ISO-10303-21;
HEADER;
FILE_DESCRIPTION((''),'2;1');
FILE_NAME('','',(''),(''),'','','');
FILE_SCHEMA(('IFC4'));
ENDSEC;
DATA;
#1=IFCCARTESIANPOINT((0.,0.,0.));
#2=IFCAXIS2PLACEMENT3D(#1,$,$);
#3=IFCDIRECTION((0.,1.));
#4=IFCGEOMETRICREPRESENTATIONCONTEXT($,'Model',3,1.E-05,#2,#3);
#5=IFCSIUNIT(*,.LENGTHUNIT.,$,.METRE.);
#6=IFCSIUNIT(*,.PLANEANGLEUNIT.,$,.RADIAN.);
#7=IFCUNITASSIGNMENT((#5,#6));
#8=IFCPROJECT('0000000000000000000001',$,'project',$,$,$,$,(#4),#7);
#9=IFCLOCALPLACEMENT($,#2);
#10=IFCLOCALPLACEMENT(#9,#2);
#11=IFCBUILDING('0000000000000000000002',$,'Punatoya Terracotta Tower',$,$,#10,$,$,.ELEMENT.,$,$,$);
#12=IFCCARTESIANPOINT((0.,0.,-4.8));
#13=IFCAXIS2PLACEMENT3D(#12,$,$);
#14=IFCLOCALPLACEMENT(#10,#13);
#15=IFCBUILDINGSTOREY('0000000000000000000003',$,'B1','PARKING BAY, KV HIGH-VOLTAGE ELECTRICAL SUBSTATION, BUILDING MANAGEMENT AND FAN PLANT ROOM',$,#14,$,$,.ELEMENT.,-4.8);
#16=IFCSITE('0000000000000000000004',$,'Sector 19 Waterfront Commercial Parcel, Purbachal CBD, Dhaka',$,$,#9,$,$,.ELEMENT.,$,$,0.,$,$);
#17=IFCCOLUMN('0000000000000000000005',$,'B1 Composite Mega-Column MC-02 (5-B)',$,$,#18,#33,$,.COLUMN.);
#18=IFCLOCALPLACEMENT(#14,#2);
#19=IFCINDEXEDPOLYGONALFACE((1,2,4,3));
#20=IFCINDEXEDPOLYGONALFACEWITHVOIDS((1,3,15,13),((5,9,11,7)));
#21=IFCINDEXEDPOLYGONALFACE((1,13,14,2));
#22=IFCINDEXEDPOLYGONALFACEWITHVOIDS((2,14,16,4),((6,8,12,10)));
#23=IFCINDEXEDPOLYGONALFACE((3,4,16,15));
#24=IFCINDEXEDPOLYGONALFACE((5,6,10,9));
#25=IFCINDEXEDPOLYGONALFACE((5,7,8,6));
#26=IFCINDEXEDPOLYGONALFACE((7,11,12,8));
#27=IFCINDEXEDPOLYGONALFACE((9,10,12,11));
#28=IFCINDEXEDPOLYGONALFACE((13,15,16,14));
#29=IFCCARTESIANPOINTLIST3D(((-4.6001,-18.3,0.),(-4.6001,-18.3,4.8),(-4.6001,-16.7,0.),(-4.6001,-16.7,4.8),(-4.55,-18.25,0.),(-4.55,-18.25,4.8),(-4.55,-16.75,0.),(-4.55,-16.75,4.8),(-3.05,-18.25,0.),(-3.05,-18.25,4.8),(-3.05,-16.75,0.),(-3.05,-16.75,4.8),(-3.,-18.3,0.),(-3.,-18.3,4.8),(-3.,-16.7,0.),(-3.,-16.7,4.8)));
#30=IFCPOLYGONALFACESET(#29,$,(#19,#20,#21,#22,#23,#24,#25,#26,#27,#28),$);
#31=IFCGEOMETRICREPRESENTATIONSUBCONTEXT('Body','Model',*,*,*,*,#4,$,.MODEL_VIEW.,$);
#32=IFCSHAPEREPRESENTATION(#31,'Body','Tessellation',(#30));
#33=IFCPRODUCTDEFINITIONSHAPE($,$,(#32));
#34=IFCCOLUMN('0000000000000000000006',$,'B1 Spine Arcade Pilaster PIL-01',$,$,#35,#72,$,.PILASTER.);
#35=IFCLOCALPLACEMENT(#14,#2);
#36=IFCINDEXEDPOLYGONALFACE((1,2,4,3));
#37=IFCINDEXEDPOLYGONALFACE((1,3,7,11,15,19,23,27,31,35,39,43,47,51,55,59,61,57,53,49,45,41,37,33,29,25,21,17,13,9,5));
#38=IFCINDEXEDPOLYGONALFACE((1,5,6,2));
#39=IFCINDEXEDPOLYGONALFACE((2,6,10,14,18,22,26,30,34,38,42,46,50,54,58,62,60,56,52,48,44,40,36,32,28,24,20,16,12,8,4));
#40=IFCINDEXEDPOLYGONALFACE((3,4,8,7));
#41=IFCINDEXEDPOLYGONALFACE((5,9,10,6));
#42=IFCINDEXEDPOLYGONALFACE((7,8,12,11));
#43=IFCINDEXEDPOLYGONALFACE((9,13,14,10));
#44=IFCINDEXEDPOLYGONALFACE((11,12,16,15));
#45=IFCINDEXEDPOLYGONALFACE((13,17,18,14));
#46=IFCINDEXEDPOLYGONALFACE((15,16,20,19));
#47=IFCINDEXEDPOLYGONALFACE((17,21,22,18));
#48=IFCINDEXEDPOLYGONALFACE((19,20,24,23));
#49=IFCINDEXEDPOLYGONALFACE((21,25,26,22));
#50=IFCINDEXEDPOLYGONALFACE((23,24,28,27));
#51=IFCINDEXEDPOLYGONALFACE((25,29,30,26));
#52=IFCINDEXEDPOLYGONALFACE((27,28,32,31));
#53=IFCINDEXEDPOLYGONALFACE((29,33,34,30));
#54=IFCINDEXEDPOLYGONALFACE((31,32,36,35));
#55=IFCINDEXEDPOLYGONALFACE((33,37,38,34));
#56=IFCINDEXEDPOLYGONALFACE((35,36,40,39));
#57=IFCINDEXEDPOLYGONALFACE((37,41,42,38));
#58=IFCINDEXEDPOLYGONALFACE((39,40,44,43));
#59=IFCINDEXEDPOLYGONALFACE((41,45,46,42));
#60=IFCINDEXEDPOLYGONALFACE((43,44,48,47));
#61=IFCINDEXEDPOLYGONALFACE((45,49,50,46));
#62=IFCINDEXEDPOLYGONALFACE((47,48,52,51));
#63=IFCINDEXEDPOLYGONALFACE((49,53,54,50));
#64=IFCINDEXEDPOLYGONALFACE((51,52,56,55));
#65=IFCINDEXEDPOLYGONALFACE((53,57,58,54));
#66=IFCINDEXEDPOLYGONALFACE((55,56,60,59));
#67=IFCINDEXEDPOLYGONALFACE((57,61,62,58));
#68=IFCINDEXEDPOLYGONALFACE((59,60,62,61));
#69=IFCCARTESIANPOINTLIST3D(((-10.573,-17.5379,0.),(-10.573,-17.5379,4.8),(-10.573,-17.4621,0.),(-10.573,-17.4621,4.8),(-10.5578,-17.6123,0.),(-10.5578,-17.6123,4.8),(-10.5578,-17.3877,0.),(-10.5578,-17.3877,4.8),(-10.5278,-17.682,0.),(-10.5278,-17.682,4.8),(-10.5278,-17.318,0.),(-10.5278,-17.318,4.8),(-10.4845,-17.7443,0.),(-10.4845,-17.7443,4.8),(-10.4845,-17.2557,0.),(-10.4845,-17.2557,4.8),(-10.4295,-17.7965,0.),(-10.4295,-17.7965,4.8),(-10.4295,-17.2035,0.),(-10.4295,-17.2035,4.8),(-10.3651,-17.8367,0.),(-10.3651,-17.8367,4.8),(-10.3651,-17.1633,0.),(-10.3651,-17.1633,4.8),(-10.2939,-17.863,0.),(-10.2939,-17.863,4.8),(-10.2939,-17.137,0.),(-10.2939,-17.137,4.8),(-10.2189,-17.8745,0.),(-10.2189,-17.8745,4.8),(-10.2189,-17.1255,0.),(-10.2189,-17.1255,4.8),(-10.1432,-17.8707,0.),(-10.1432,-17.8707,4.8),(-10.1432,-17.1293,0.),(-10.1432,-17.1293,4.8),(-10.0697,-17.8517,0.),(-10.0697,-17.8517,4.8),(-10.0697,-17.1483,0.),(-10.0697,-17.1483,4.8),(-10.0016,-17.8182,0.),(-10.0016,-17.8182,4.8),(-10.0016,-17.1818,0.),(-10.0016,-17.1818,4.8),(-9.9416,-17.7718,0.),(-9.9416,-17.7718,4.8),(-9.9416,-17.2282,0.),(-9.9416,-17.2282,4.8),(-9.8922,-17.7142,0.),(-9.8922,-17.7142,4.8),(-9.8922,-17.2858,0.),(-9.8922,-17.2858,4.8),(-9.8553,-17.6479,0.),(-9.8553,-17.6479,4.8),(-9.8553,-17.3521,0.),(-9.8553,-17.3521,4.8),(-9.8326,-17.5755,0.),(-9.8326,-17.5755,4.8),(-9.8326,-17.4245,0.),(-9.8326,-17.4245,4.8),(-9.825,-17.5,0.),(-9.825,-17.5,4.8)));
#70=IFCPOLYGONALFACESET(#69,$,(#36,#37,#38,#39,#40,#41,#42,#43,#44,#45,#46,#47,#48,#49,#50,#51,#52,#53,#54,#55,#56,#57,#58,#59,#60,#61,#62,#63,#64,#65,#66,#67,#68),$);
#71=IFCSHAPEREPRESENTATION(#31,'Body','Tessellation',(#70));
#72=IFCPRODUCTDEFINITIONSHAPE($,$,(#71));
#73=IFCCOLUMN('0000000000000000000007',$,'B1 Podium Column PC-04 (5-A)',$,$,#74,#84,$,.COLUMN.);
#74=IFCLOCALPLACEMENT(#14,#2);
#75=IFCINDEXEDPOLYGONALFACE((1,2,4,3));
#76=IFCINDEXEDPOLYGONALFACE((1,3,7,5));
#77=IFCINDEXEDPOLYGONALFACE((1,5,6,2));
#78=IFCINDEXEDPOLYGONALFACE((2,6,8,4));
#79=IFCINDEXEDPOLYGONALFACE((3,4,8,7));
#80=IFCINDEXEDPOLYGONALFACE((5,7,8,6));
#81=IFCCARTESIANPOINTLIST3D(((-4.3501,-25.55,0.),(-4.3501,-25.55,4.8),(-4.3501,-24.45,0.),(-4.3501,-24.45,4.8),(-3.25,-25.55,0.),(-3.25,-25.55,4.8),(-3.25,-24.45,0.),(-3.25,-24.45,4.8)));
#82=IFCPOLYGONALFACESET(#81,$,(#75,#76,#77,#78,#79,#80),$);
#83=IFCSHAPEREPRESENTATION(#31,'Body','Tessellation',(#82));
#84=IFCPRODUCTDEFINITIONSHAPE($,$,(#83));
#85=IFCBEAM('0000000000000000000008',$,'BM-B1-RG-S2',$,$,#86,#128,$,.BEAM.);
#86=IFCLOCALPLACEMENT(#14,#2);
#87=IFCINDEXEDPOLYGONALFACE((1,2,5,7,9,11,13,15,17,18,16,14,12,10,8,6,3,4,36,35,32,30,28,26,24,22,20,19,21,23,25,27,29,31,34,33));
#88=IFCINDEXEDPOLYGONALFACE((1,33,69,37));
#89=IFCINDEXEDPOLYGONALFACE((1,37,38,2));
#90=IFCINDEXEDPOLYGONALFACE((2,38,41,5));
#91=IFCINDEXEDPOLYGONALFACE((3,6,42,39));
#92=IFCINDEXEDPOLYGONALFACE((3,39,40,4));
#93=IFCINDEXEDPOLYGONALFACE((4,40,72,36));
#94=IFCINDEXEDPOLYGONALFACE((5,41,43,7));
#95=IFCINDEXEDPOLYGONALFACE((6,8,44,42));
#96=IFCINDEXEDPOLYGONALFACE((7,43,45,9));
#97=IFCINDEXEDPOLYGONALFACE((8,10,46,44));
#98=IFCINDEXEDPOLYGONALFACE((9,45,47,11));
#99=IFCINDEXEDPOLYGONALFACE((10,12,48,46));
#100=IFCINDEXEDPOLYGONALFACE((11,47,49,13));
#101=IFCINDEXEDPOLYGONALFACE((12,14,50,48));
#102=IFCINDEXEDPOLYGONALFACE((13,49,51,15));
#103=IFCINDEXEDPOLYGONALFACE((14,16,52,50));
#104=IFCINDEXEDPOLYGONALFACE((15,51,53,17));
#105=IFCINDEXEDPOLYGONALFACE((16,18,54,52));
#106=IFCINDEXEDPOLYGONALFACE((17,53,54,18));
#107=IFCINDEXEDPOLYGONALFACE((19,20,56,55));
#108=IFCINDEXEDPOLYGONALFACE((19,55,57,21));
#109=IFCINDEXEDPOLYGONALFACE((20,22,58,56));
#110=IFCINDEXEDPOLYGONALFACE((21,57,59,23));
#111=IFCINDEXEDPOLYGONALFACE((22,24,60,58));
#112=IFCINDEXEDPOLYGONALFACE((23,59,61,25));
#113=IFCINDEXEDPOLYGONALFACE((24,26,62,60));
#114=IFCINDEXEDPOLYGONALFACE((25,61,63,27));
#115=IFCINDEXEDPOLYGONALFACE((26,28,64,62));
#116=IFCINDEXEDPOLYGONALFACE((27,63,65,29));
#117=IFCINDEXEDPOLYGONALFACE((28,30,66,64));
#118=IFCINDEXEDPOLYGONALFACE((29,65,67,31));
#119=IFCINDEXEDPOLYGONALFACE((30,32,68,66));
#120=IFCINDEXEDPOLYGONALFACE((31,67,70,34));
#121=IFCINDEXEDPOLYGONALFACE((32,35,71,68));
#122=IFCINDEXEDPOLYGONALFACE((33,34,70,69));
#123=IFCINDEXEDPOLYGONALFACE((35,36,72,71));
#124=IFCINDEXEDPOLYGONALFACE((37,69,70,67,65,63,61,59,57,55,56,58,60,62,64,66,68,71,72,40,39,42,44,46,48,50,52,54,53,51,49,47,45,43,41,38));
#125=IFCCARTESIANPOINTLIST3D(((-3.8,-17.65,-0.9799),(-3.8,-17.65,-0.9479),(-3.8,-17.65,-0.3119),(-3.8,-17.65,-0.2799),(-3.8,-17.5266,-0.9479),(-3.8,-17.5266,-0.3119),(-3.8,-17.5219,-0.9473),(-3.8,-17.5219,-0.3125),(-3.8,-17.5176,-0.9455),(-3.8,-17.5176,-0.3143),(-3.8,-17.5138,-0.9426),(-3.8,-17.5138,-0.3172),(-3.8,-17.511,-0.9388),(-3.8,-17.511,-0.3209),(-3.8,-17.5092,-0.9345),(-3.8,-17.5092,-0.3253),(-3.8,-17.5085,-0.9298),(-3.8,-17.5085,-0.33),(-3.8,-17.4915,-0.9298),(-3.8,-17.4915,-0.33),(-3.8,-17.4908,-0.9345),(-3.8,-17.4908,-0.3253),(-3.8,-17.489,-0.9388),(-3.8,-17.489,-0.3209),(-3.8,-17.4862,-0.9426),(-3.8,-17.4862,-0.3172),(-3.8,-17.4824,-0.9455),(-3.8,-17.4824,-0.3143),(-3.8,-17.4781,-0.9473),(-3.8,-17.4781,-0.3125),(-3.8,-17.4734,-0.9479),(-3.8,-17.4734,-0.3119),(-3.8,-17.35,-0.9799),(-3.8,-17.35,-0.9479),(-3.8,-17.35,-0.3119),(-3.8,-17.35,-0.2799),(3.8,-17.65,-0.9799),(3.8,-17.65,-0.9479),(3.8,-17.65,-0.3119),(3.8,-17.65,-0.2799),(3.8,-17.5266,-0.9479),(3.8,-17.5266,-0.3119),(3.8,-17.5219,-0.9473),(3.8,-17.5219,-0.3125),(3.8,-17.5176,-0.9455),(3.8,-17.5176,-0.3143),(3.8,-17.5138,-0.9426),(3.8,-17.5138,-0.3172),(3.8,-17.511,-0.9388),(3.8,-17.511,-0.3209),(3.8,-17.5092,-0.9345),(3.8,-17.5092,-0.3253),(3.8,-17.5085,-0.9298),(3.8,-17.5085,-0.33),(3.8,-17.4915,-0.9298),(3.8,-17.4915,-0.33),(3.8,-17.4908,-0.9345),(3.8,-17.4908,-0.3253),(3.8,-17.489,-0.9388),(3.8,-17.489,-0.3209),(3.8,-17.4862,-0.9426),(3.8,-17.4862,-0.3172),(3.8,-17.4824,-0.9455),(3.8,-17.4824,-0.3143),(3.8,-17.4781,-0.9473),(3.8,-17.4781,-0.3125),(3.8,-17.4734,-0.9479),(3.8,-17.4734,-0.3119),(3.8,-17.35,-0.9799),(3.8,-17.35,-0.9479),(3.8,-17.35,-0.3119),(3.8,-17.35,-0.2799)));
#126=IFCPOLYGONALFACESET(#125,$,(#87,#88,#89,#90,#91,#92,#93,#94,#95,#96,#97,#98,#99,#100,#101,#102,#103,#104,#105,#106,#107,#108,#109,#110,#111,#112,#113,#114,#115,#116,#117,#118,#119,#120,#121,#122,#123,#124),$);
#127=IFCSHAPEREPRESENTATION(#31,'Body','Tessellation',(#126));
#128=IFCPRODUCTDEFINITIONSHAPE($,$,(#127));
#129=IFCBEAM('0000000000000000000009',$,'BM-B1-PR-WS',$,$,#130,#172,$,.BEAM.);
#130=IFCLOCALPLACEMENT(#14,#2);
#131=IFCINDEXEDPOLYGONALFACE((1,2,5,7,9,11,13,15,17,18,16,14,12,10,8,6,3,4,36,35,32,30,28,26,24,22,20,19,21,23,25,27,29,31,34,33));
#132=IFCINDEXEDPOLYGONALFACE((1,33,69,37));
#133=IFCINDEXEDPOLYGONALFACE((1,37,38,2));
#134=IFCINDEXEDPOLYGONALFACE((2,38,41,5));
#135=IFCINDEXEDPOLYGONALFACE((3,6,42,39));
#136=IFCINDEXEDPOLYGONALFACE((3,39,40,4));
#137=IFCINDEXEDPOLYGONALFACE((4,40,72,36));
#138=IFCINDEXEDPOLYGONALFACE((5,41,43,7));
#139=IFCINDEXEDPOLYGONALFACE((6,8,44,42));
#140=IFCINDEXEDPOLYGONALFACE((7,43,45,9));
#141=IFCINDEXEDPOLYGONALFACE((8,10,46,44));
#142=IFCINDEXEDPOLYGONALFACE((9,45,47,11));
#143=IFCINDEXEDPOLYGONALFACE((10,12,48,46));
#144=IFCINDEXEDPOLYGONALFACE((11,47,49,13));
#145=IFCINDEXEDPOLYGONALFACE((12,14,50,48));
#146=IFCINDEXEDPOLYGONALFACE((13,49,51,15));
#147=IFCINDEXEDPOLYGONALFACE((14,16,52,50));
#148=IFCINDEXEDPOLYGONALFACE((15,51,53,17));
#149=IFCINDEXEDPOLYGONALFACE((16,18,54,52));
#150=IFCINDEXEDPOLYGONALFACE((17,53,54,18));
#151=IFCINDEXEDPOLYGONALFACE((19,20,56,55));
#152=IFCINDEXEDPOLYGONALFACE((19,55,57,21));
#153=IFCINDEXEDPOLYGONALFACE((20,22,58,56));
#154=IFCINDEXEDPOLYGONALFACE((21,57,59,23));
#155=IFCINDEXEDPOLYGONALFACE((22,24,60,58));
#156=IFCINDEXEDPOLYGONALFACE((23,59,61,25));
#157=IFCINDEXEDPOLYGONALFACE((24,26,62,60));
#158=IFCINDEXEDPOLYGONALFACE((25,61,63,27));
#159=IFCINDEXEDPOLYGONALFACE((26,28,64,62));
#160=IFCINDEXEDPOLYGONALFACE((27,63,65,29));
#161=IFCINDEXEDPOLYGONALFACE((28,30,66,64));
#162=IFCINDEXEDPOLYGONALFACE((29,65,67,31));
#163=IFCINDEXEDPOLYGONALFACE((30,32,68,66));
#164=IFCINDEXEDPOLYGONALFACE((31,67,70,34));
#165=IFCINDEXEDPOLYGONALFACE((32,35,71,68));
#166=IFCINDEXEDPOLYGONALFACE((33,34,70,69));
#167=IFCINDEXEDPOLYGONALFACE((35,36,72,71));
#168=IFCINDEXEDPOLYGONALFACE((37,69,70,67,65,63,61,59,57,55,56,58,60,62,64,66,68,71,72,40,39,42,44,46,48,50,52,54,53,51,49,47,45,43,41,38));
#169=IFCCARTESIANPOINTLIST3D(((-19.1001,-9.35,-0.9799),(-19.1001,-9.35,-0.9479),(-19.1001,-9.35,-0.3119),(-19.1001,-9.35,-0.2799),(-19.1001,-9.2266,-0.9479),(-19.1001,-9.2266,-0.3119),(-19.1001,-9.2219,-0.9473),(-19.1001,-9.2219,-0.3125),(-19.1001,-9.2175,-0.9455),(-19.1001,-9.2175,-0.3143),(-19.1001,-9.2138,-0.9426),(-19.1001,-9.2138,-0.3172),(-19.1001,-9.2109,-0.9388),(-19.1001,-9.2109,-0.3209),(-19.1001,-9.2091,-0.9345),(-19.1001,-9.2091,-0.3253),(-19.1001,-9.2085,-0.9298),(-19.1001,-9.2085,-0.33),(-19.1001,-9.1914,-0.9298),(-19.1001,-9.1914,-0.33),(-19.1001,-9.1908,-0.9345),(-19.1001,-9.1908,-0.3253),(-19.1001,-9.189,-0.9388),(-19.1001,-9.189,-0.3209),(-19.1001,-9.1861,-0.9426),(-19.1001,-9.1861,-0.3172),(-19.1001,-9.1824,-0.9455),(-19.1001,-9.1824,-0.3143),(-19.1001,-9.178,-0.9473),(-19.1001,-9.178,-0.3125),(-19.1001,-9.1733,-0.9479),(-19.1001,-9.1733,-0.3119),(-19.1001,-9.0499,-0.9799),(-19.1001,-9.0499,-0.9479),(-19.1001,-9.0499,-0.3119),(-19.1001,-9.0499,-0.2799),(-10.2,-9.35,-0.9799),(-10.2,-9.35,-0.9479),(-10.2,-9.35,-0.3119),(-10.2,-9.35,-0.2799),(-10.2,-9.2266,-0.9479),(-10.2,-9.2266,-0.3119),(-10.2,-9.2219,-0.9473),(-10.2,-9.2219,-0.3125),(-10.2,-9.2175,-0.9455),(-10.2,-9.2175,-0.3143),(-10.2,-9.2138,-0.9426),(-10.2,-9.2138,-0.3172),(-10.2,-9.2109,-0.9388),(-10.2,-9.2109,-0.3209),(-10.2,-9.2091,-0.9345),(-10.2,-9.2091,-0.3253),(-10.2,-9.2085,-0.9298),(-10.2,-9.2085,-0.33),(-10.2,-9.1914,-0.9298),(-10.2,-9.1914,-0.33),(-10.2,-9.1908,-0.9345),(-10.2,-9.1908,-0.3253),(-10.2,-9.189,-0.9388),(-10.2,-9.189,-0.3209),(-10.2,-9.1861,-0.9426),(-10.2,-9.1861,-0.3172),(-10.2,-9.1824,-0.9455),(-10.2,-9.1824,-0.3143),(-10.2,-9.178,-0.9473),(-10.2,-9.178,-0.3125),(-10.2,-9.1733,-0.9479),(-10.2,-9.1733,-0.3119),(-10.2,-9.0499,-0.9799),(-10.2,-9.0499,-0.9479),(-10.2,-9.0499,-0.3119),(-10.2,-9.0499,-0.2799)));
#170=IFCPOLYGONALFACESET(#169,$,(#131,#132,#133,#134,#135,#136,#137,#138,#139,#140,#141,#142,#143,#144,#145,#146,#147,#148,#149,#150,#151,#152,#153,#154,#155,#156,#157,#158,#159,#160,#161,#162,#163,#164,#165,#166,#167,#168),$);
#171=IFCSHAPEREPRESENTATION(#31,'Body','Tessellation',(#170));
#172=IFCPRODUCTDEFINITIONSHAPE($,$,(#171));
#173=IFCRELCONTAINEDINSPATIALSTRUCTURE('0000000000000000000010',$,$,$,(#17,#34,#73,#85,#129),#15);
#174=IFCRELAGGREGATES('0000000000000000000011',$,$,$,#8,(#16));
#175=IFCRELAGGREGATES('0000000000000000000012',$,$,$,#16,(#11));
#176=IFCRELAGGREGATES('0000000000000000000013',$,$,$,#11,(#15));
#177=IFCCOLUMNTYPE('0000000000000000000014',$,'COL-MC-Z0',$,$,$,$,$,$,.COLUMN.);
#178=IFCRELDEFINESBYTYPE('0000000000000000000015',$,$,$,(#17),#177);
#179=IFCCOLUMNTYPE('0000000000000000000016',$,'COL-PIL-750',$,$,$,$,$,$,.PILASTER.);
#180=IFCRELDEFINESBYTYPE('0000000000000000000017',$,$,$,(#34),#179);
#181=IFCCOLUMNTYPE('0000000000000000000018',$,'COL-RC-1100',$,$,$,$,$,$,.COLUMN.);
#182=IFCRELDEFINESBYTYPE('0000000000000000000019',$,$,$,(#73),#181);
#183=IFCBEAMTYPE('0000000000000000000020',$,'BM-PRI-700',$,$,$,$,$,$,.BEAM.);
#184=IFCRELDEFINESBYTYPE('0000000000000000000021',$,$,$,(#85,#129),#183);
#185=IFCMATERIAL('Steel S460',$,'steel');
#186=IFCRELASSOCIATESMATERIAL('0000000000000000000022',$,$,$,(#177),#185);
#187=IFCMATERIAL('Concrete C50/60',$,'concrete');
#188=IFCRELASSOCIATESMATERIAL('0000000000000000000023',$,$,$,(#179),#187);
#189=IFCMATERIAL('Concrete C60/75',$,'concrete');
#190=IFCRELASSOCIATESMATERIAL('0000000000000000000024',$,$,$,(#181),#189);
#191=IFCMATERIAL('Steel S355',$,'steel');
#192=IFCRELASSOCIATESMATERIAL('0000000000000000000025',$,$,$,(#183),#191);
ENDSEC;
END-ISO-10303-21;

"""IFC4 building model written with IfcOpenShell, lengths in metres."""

from ifc_helpers import new_model, si_unit, direction, frame, origin, origin_2d, place, context, subcontext, project, spatial, rectangle, hollow_rectangle, circle, i_section, extrude, material, material_profile, profile_set, type_object, element, save


model = new_model("IFC4")

# Units and contexts
model_context = context("Model", 3, precision=1e-05, world=origin(), true_north=direction((0.0, 1.0)))
body_context = subcontext(model_context, "Body", "Model", "MODEL_VIEW")
ifc_project = project(units=[si_unit("LENGTHUNIT", "METRE"), si_unit("PLANEANGLEUNIT", "RADIAN")], contexts=[model_context])

# Site, building, storey
site_placement = place(None, origin())
site = spatial("IfcSite", under=ifc_project, at=site_placement, Name="Sector 19 Waterfront Commercial Parcel, Purbachal CBD, Dhaka", CompositionType="ELEMENT", RefElevation=0.0)
building_placement = place(site_placement, origin())
building = spatial("IfcBuilding", under=site, at=building_placement, Name="Punatoya Terracotta Tower", CompositionType="ELEMENT")
storey_placement = place(building_placement, frame((0.0, 0.0, -4.8)))
storey = spatial("IfcBuildingStorey", under=building, at=storey_placement, Name="B1", Description="PARKING BAY, KV HIGH-VOLTAGE ELECTRICAL SUBSTATION, BUILDING MANAGEMENT AND FAN PLANT ROOM", CompositionType="ELEMENT", Elevation=-4.8)

# Columns
ifc_material_1 = material(Name="Steel S460", Category="steel")
ifc_material_profile_1 = material_profile(ifc_material_1, hollow_rectangle(XDim=1.6001, YDim=1.6001, WallThickness=0.05, at=origin_2d()))
ifc_profile_set_1 = profile_set([ifc_material_profile_1], Name="Steel S460")
column_type_1 = type_object("IfcColumnType", Name="COL-MC-Z0", PredefinedType="COLUMN", material=ifc_profile_set_1)
column_1_placement = place(storey_placement, frame((-3.8, -17.5, 0.0), z_axis=(0.0, 0.0, 1.0), x_axis=(1.0, 0.0, 0.0)))
element("IfcColumn", 1, at=column_1_placement, inside=storey, type_object=column_type_1, Name="B1 Composite Mega-Column MC-02 (5-B)", PredefinedType="COLUMN", context=body_context, shape_type="SweptSolid", body=[
    extrude(hollow_rectangle(XDim=1.6001, YDim=1.6001, WallThickness=0.05, at=origin_2d()), origin(), (0.0, 0.0, 1.0), 4.8),
])
ifc_material_2 = material(Name="Concrete C50/60", Category="concrete")
ifc_material_profile_2 = material_profile(ifc_material_2, circle(Radius=0.375, at=origin_2d()))
ifc_profile_set_2 = profile_set([ifc_material_profile_2], Name="Concrete C50/60")
column_type_2 = type_object("IfcColumnType", Name="COL-PIL-750", PredefinedType="PILASTER", material=ifc_profile_set_2)
column_2_placement = place(storey_placement, frame((-10.2, -17.5, 0.0), z_axis=(0.0, 0.0, 1.0), x_axis=(1.0, 0.0, 0.0)))
element("IfcColumn", 2, at=column_2_placement, inside=storey, type_object=column_type_2, Name="B1 Spine Arcade Pilaster PIL-01", PredefinedType="PILASTER", context=body_context, shape_type="SweptSolid", body=[
    extrude(circle(Radius=0.375, at=origin_2d()), origin(), (0.0, 0.0, 1.0), 4.8),
])
ifc_material_3 = material(Name="Concrete C60/75", Category="concrete")
ifc_material_profile_3 = material_profile(ifc_material_3, rectangle(XDim=1.1001, YDim=1.1001, at=origin_2d()))
ifc_profile_set_3 = profile_set([ifc_material_profile_3], Name="Concrete C60/75")
column_type_3 = type_object("IfcColumnType", Name="COL-RC-1100", PredefinedType="COLUMN", material=ifc_profile_set_3)
column_3_placement = place(storey_placement, frame((-3.8, -25.0, 0.0), z_axis=(0.0, 0.0, 1.0), x_axis=(1.0, 0.0, 0.0)))
element("IfcColumn", 3, at=column_3_placement, inside=storey, type_object=column_type_3, Name="B1 Podium Column PC-04 (5-A)", PredefinedType="COLUMN", context=body_context, shape_type="SweptSolid", body=[
    extrude(rectangle(XDim=1.1001, YDim=1.1001, at=origin_2d()), origin(), (0.0, 0.0, 1.0), 4.8),
])

# Beams
ifc_material_4 = material(Name="Steel S355", Category="steel")
ifc_material_profile_4 = material_profile(ifc_material_4, i_section(OverallWidth=0.3, OverallDepth=0.7, WebThickness=0.0171, FlangeThickness=0.032, FilletRadius=0.0181, at=origin_2d()))
ifc_profile_set_4 = profile_set([ifc_material_profile_4], Name="Steel S355")
beam_type_1 = type_object("IfcBeamType", Name="BM-PRI-700", PredefinedType="BEAM", material=ifc_profile_set_4)
beam_1_placement = place(storey_placement, frame((-3.8, -17.5, -0.6299), z_axis=(1.0, 0.0, 0.0), x_axis=(0.0, 1.0, 0.0)))
element("IfcBeam", 4, at=beam_1_placement, inside=storey, type_object=beam_type_1, Name="BM-B1-RG-S2", PredefinedType="BEAM", context=body_context, shape_type="SweptSolid", body=[
    extrude(i_section(OverallWidth=0.3, OverallDepth=0.7, WebThickness=0.0171, FlangeThickness=0.032, FilletRadius=0.0181, at=origin_2d()), origin(), (0.0, 0.0, 1.0), 7.6001),
])
beam_2_placement = place(storey_placement, frame((-19.1001, -9.2, -0.6299), z_axis=(1.0, 0.0, 0.0), x_axis=(0.0, 1.0, 0.0)))
element("IfcBeam", 5, at=beam_2_placement, inside=storey, type_object=beam_type_1, Name="BM-B1-PR-WS", PredefinedType="BEAM", context=body_context, shape_type="SweptSolid", body=[
    extrude(i_section(OverallWidth=0.3, OverallDepth=0.7, WebThickness=0.0171, FlangeThickness=0.032, FilletRadius=0.0181, at=origin_2d()), origin(), (0.0, 0.0, 1.0), 8.9001),
])

save(model, "model.ifc")
